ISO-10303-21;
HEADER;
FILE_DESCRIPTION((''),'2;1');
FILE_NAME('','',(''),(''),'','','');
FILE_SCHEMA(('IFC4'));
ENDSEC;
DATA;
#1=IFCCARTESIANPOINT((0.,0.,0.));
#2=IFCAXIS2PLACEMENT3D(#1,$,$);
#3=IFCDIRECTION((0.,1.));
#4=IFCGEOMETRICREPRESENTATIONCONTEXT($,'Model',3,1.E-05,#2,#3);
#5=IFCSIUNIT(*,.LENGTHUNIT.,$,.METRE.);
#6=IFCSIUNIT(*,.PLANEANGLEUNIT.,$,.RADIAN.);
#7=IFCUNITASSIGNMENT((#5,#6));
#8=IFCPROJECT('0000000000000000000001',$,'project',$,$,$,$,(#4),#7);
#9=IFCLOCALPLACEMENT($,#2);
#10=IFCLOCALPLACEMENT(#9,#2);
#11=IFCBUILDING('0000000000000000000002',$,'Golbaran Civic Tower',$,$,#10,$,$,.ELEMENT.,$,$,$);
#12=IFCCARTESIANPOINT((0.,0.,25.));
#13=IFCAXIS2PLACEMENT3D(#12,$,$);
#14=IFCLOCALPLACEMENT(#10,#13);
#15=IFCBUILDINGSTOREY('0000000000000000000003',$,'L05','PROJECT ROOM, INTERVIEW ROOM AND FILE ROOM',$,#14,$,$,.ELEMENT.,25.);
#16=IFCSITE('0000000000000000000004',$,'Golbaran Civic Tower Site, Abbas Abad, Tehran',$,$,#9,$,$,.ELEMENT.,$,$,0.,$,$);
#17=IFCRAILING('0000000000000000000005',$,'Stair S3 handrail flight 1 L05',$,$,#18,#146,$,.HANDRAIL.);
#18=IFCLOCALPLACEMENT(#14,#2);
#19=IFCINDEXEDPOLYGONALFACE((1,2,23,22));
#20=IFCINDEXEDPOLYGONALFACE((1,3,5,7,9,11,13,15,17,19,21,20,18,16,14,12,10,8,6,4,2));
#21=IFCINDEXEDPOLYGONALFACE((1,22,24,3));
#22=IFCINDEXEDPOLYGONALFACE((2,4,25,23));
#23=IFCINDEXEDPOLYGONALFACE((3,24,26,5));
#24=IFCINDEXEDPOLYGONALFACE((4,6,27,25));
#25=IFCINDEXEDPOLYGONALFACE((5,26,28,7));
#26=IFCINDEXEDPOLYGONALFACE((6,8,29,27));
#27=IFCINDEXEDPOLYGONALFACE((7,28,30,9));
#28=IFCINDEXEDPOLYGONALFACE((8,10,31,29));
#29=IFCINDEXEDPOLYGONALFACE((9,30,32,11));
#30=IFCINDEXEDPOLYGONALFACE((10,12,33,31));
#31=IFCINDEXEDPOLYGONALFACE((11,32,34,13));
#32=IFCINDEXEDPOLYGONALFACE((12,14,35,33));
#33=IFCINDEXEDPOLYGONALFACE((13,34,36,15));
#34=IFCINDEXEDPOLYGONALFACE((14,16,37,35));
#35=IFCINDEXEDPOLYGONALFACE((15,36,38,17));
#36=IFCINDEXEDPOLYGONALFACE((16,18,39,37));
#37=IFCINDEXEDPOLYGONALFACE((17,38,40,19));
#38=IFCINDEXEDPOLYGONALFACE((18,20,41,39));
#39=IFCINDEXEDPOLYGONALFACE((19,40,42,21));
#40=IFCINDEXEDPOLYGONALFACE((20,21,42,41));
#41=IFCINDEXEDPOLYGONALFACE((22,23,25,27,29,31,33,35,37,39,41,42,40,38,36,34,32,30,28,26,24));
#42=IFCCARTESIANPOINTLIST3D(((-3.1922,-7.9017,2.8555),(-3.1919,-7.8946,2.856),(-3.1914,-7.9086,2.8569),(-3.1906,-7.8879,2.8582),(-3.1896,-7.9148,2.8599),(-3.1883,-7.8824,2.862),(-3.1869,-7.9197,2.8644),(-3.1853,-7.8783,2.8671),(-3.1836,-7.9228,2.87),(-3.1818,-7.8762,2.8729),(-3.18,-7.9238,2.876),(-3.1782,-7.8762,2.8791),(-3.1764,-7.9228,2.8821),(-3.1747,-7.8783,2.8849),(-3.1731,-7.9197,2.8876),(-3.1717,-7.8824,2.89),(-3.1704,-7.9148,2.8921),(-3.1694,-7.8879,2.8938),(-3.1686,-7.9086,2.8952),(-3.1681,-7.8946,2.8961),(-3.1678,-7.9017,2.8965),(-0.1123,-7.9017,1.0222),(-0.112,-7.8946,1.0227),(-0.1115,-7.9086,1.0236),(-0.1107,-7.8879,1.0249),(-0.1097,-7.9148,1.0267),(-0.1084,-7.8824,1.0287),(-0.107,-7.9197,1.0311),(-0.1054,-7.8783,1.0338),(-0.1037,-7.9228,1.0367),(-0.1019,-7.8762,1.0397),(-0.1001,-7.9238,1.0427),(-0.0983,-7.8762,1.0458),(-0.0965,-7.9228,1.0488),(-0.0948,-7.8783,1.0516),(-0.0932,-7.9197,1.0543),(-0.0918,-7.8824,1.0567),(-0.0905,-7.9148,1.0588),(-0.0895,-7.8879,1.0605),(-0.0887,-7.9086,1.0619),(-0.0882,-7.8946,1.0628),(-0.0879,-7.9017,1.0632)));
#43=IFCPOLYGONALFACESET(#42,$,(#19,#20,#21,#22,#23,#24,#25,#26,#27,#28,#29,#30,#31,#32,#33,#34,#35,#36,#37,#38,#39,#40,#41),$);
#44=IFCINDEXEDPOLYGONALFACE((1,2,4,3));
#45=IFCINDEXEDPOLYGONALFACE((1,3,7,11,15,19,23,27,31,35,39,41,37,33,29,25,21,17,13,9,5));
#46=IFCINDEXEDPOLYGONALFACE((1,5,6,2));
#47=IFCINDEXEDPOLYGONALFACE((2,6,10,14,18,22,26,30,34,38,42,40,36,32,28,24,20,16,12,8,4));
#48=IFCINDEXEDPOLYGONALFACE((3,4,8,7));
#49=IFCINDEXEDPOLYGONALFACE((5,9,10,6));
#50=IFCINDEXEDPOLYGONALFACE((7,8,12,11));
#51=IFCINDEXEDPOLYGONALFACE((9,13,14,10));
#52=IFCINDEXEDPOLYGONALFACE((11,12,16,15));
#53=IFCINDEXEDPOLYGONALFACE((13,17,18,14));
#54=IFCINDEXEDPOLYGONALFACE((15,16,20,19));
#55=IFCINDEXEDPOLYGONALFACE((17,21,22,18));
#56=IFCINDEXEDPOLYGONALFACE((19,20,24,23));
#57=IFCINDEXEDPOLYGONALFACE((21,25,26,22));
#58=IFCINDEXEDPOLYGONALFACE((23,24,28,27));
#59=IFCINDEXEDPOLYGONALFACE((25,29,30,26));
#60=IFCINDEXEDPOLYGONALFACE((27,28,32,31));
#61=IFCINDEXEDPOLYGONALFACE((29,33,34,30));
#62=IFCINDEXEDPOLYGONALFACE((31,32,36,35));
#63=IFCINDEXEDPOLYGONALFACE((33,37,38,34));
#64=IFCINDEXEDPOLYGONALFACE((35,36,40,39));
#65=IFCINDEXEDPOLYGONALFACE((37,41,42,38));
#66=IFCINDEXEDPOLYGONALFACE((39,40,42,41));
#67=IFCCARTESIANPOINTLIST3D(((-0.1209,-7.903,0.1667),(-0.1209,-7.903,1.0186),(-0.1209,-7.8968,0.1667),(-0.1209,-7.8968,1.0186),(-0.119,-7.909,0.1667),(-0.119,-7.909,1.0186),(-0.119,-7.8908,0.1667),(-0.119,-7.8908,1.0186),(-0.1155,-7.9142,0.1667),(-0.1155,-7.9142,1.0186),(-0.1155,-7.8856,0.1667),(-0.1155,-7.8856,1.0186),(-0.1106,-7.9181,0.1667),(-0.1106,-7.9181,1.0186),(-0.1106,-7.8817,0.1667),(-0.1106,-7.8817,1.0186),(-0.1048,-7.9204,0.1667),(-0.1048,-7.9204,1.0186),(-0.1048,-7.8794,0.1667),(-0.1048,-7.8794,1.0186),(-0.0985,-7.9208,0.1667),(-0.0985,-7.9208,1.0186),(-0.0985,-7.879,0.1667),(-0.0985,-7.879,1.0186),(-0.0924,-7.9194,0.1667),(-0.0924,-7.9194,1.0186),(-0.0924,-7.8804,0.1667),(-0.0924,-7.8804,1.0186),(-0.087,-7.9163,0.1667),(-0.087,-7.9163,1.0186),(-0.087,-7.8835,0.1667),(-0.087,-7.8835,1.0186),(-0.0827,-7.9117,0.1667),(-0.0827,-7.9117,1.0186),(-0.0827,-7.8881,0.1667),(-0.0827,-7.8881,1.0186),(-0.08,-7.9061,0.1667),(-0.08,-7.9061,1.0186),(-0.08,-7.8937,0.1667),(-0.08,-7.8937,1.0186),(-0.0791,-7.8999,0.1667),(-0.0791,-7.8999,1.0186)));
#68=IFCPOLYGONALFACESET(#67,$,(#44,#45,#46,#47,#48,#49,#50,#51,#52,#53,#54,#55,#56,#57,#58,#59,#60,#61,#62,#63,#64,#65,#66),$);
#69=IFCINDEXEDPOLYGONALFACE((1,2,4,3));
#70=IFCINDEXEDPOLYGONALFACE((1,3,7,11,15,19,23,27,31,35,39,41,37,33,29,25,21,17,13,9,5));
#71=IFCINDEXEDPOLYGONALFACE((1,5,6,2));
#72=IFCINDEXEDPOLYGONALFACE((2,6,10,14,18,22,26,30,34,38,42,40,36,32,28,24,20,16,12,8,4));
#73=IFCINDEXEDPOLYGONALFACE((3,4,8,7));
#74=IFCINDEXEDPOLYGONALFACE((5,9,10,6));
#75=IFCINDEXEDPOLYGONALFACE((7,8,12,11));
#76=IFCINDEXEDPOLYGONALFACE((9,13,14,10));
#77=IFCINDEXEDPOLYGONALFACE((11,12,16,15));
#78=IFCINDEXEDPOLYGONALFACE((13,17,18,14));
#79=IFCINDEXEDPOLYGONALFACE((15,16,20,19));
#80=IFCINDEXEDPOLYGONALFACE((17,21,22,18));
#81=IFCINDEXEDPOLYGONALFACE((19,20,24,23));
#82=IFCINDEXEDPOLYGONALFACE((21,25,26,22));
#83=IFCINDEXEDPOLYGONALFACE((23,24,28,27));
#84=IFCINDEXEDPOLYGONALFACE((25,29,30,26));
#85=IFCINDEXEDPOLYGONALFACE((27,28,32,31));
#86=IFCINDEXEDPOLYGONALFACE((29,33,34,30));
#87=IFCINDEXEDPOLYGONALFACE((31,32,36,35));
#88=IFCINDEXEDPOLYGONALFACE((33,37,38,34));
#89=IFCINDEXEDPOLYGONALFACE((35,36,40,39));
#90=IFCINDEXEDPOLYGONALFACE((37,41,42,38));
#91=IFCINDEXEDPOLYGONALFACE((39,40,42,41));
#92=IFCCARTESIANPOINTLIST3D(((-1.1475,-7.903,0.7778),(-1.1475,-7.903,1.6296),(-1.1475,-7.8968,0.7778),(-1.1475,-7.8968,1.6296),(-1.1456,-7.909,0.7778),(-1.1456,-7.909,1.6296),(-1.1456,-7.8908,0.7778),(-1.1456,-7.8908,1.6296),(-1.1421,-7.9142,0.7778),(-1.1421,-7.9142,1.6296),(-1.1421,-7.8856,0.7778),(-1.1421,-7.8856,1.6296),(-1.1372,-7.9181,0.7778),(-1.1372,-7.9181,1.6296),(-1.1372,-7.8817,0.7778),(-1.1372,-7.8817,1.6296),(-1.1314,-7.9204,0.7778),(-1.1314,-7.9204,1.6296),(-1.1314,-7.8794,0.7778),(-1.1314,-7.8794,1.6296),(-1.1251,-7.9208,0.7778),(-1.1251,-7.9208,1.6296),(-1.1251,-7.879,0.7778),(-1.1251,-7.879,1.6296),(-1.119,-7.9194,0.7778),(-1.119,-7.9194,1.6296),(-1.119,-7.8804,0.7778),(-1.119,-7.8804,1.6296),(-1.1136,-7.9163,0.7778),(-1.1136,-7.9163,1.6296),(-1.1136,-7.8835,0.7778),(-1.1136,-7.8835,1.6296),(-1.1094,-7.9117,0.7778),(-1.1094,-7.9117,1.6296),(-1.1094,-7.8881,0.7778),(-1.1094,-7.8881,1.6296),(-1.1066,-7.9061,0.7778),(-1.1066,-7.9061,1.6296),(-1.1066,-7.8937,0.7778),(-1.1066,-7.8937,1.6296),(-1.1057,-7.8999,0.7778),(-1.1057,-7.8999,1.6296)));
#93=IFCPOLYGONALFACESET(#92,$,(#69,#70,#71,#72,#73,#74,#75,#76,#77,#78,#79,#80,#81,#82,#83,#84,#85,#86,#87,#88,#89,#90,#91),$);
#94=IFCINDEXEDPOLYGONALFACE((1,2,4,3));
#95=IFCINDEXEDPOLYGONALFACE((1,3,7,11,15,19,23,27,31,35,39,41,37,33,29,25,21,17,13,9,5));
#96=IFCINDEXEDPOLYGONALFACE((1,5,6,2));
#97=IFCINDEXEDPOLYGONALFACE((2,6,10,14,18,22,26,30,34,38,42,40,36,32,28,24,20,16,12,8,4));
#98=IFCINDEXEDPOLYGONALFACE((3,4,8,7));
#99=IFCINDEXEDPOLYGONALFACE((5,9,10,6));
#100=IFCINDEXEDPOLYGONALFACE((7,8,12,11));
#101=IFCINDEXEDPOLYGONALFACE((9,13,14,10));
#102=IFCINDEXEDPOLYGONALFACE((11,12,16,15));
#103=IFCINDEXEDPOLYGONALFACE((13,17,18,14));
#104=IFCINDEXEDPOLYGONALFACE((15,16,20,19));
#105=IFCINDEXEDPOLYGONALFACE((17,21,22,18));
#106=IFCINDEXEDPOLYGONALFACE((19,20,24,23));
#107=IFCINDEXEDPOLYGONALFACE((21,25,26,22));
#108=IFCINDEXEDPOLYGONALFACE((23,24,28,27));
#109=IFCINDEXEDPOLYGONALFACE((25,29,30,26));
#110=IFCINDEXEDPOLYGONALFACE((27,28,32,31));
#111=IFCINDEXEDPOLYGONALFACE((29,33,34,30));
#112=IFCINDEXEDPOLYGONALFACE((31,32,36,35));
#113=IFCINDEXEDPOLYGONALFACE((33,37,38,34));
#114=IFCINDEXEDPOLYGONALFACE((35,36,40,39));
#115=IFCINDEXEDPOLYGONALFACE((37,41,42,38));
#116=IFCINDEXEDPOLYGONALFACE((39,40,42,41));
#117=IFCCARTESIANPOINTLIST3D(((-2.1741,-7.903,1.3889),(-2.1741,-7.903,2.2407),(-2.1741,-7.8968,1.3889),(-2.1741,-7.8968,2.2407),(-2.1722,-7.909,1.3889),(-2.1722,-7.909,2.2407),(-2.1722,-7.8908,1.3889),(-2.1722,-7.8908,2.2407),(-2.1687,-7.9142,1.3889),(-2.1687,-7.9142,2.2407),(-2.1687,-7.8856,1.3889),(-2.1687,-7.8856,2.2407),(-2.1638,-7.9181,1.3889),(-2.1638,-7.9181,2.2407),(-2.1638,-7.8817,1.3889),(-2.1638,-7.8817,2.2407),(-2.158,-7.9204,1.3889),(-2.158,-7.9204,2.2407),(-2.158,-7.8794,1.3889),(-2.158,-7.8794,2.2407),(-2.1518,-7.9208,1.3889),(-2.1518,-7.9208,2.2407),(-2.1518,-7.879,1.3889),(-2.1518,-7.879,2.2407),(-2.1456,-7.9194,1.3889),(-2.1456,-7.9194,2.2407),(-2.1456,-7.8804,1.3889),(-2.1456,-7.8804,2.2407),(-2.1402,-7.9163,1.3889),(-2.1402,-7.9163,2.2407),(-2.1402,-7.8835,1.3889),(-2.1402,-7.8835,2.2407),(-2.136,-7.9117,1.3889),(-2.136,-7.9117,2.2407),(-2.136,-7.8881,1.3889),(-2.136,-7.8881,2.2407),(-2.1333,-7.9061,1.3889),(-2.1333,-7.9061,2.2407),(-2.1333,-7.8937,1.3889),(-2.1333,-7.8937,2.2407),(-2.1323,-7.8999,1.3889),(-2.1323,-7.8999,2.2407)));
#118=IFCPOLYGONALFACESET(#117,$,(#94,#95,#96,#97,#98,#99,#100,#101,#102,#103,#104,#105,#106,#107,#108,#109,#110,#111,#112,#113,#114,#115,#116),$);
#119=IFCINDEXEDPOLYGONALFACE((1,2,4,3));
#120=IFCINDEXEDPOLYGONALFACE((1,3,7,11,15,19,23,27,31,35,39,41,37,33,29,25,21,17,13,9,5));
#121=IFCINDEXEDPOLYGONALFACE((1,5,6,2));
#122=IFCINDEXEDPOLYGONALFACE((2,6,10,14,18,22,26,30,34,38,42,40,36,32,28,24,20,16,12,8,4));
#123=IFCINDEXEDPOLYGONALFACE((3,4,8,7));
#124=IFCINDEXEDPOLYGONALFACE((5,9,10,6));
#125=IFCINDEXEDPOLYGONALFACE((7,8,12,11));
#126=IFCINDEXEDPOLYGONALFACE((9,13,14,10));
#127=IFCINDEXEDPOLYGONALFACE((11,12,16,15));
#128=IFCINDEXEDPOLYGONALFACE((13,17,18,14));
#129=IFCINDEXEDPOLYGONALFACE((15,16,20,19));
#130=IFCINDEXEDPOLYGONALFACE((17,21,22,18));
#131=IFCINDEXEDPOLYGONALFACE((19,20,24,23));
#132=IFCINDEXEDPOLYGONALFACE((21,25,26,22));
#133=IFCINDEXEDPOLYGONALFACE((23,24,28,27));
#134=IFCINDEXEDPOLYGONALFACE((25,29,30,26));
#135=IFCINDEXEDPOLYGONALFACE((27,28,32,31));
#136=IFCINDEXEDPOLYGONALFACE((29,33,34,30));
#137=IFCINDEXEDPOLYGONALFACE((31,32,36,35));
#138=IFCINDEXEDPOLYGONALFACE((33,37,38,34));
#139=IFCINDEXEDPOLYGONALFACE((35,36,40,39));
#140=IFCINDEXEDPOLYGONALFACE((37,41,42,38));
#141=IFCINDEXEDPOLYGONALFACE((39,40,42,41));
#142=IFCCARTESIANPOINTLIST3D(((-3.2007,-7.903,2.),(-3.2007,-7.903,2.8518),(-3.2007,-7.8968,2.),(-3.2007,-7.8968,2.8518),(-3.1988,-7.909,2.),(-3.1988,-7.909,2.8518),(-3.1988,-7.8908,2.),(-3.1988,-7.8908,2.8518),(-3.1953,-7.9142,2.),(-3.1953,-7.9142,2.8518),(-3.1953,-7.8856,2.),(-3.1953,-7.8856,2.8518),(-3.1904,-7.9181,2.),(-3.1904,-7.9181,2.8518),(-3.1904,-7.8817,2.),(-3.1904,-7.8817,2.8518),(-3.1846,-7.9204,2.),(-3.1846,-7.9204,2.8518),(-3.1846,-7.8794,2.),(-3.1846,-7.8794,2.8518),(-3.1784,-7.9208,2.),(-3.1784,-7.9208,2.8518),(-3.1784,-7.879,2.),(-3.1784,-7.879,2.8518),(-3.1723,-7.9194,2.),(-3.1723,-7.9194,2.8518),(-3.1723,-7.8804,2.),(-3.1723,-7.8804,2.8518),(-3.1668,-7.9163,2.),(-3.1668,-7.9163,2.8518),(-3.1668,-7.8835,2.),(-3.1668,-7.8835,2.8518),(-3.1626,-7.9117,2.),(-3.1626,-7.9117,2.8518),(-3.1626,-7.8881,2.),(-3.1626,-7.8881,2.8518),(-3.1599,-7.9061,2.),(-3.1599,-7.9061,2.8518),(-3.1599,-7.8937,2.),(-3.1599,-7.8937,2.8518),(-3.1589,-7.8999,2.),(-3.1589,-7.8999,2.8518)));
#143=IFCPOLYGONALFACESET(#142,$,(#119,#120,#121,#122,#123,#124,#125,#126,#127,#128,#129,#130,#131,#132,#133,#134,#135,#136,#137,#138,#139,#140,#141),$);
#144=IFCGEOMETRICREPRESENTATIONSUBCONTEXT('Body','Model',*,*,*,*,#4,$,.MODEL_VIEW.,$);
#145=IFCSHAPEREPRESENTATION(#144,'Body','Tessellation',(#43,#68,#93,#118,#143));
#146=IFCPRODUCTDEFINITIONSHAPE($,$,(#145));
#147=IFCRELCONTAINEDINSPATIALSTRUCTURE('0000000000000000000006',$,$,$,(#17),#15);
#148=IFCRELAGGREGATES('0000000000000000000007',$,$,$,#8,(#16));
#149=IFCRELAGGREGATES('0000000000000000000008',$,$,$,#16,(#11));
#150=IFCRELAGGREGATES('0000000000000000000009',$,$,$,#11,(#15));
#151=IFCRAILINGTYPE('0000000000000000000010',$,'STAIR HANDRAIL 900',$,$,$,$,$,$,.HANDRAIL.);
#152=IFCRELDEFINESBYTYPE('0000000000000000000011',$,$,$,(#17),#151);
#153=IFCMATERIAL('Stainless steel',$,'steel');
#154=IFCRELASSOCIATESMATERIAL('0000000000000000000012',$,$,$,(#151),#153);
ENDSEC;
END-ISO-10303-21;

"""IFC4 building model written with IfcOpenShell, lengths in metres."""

from ifc_helpers import new_model, si_unit, direction, frame, origin, origin_2d, place, context, subcontext, project, spatial, circle, extrude, material, type_object, element, save


model = new_model("IFC4")

# Units and contexts
model_context = context("Model", 3, precision=1e-05, world=origin(), true_north=direction((0.0, 1.0)))
body_context = subcontext(model_context, "Body", "Model", "MODEL_VIEW")
ifc_project = project(units=[si_unit("LENGTHUNIT", "METRE"), si_unit("PLANEANGLEUNIT", "RADIAN")], contexts=[model_context])

# Site, building, storey
site_placement = place(None, origin())
site = spatial("IfcSite", under=ifc_project, at=site_placement, Name="Golbaran Civic Tower Site, Abbas Abad, Tehran", CompositionType="ELEMENT", RefElevation=0.0)
building_placement = place(site_placement, origin())
building = spatial("IfcBuilding", under=site, at=building_placement, Name="Golbaran Civic Tower", CompositionType="ELEMENT")
storey_placement = place(building_placement, frame((0.0, 0.0, 25.0)))
storey = spatial("IfcBuildingStorey", under=building, at=storey_placement, Name="L05", Description="PROJECT ROOM, INTERVIEW ROOM AND FILE ROOM", CompositionType="ELEMENT", Elevation=25.0)

# Shared definitions
ifc_material_1 = material(Name="Stainless steel", Category="steel")

# Railing
railing_type = type_object("IfcRailingType", Name="STAIR HANDRAIL 900", PredefinedType="HANDRAIL", material=ifc_material_1)
railing_1_placement = place(storey_placement, frame((-0.1001, -7.8999, 0.1667)))
element("IfcRailing", 1, at=railing_1_placement, inside=storey, type_object=railing_type, Name="Stair S3 handrail flight 1 L05", PredefinedType="HANDRAIL", context=body_context, shape_type="SweptSolid", body=[
    extrude(circle(Radius=0.0239, at=origin_2d()), frame((0.0, 0.0, 0.876), z_axis=(-0.859291, 0.0, 0.511487), x_axis=(0.0, -1.0, 0.0)), (0.0, 0.0, 1.0), 3.5842),
    extrude(circle(Radius=0.021, at=origin_2d()), origin(), (0.0, 0.0, 1.0), 0.8518),
    extrude(circle(Radius=0.021, at=origin_2d()), frame((-1.0266, 0.0, 0.6111)), (0.0, 0.0, 1.0), 0.8518),
    extrude(circle(Radius=0.021, at=origin_2d()), frame((-2.0532, 0.0, 1.2222)), (0.0, 0.0, 1.0), 0.8518),
    extrude(circle(Radius=0.021, at=origin_2d()), frame((-3.0798, 0.0, 1.8333)), (0.0, 0.0, 1.0), 0.8518),
])

save(model, "model.ifc")
